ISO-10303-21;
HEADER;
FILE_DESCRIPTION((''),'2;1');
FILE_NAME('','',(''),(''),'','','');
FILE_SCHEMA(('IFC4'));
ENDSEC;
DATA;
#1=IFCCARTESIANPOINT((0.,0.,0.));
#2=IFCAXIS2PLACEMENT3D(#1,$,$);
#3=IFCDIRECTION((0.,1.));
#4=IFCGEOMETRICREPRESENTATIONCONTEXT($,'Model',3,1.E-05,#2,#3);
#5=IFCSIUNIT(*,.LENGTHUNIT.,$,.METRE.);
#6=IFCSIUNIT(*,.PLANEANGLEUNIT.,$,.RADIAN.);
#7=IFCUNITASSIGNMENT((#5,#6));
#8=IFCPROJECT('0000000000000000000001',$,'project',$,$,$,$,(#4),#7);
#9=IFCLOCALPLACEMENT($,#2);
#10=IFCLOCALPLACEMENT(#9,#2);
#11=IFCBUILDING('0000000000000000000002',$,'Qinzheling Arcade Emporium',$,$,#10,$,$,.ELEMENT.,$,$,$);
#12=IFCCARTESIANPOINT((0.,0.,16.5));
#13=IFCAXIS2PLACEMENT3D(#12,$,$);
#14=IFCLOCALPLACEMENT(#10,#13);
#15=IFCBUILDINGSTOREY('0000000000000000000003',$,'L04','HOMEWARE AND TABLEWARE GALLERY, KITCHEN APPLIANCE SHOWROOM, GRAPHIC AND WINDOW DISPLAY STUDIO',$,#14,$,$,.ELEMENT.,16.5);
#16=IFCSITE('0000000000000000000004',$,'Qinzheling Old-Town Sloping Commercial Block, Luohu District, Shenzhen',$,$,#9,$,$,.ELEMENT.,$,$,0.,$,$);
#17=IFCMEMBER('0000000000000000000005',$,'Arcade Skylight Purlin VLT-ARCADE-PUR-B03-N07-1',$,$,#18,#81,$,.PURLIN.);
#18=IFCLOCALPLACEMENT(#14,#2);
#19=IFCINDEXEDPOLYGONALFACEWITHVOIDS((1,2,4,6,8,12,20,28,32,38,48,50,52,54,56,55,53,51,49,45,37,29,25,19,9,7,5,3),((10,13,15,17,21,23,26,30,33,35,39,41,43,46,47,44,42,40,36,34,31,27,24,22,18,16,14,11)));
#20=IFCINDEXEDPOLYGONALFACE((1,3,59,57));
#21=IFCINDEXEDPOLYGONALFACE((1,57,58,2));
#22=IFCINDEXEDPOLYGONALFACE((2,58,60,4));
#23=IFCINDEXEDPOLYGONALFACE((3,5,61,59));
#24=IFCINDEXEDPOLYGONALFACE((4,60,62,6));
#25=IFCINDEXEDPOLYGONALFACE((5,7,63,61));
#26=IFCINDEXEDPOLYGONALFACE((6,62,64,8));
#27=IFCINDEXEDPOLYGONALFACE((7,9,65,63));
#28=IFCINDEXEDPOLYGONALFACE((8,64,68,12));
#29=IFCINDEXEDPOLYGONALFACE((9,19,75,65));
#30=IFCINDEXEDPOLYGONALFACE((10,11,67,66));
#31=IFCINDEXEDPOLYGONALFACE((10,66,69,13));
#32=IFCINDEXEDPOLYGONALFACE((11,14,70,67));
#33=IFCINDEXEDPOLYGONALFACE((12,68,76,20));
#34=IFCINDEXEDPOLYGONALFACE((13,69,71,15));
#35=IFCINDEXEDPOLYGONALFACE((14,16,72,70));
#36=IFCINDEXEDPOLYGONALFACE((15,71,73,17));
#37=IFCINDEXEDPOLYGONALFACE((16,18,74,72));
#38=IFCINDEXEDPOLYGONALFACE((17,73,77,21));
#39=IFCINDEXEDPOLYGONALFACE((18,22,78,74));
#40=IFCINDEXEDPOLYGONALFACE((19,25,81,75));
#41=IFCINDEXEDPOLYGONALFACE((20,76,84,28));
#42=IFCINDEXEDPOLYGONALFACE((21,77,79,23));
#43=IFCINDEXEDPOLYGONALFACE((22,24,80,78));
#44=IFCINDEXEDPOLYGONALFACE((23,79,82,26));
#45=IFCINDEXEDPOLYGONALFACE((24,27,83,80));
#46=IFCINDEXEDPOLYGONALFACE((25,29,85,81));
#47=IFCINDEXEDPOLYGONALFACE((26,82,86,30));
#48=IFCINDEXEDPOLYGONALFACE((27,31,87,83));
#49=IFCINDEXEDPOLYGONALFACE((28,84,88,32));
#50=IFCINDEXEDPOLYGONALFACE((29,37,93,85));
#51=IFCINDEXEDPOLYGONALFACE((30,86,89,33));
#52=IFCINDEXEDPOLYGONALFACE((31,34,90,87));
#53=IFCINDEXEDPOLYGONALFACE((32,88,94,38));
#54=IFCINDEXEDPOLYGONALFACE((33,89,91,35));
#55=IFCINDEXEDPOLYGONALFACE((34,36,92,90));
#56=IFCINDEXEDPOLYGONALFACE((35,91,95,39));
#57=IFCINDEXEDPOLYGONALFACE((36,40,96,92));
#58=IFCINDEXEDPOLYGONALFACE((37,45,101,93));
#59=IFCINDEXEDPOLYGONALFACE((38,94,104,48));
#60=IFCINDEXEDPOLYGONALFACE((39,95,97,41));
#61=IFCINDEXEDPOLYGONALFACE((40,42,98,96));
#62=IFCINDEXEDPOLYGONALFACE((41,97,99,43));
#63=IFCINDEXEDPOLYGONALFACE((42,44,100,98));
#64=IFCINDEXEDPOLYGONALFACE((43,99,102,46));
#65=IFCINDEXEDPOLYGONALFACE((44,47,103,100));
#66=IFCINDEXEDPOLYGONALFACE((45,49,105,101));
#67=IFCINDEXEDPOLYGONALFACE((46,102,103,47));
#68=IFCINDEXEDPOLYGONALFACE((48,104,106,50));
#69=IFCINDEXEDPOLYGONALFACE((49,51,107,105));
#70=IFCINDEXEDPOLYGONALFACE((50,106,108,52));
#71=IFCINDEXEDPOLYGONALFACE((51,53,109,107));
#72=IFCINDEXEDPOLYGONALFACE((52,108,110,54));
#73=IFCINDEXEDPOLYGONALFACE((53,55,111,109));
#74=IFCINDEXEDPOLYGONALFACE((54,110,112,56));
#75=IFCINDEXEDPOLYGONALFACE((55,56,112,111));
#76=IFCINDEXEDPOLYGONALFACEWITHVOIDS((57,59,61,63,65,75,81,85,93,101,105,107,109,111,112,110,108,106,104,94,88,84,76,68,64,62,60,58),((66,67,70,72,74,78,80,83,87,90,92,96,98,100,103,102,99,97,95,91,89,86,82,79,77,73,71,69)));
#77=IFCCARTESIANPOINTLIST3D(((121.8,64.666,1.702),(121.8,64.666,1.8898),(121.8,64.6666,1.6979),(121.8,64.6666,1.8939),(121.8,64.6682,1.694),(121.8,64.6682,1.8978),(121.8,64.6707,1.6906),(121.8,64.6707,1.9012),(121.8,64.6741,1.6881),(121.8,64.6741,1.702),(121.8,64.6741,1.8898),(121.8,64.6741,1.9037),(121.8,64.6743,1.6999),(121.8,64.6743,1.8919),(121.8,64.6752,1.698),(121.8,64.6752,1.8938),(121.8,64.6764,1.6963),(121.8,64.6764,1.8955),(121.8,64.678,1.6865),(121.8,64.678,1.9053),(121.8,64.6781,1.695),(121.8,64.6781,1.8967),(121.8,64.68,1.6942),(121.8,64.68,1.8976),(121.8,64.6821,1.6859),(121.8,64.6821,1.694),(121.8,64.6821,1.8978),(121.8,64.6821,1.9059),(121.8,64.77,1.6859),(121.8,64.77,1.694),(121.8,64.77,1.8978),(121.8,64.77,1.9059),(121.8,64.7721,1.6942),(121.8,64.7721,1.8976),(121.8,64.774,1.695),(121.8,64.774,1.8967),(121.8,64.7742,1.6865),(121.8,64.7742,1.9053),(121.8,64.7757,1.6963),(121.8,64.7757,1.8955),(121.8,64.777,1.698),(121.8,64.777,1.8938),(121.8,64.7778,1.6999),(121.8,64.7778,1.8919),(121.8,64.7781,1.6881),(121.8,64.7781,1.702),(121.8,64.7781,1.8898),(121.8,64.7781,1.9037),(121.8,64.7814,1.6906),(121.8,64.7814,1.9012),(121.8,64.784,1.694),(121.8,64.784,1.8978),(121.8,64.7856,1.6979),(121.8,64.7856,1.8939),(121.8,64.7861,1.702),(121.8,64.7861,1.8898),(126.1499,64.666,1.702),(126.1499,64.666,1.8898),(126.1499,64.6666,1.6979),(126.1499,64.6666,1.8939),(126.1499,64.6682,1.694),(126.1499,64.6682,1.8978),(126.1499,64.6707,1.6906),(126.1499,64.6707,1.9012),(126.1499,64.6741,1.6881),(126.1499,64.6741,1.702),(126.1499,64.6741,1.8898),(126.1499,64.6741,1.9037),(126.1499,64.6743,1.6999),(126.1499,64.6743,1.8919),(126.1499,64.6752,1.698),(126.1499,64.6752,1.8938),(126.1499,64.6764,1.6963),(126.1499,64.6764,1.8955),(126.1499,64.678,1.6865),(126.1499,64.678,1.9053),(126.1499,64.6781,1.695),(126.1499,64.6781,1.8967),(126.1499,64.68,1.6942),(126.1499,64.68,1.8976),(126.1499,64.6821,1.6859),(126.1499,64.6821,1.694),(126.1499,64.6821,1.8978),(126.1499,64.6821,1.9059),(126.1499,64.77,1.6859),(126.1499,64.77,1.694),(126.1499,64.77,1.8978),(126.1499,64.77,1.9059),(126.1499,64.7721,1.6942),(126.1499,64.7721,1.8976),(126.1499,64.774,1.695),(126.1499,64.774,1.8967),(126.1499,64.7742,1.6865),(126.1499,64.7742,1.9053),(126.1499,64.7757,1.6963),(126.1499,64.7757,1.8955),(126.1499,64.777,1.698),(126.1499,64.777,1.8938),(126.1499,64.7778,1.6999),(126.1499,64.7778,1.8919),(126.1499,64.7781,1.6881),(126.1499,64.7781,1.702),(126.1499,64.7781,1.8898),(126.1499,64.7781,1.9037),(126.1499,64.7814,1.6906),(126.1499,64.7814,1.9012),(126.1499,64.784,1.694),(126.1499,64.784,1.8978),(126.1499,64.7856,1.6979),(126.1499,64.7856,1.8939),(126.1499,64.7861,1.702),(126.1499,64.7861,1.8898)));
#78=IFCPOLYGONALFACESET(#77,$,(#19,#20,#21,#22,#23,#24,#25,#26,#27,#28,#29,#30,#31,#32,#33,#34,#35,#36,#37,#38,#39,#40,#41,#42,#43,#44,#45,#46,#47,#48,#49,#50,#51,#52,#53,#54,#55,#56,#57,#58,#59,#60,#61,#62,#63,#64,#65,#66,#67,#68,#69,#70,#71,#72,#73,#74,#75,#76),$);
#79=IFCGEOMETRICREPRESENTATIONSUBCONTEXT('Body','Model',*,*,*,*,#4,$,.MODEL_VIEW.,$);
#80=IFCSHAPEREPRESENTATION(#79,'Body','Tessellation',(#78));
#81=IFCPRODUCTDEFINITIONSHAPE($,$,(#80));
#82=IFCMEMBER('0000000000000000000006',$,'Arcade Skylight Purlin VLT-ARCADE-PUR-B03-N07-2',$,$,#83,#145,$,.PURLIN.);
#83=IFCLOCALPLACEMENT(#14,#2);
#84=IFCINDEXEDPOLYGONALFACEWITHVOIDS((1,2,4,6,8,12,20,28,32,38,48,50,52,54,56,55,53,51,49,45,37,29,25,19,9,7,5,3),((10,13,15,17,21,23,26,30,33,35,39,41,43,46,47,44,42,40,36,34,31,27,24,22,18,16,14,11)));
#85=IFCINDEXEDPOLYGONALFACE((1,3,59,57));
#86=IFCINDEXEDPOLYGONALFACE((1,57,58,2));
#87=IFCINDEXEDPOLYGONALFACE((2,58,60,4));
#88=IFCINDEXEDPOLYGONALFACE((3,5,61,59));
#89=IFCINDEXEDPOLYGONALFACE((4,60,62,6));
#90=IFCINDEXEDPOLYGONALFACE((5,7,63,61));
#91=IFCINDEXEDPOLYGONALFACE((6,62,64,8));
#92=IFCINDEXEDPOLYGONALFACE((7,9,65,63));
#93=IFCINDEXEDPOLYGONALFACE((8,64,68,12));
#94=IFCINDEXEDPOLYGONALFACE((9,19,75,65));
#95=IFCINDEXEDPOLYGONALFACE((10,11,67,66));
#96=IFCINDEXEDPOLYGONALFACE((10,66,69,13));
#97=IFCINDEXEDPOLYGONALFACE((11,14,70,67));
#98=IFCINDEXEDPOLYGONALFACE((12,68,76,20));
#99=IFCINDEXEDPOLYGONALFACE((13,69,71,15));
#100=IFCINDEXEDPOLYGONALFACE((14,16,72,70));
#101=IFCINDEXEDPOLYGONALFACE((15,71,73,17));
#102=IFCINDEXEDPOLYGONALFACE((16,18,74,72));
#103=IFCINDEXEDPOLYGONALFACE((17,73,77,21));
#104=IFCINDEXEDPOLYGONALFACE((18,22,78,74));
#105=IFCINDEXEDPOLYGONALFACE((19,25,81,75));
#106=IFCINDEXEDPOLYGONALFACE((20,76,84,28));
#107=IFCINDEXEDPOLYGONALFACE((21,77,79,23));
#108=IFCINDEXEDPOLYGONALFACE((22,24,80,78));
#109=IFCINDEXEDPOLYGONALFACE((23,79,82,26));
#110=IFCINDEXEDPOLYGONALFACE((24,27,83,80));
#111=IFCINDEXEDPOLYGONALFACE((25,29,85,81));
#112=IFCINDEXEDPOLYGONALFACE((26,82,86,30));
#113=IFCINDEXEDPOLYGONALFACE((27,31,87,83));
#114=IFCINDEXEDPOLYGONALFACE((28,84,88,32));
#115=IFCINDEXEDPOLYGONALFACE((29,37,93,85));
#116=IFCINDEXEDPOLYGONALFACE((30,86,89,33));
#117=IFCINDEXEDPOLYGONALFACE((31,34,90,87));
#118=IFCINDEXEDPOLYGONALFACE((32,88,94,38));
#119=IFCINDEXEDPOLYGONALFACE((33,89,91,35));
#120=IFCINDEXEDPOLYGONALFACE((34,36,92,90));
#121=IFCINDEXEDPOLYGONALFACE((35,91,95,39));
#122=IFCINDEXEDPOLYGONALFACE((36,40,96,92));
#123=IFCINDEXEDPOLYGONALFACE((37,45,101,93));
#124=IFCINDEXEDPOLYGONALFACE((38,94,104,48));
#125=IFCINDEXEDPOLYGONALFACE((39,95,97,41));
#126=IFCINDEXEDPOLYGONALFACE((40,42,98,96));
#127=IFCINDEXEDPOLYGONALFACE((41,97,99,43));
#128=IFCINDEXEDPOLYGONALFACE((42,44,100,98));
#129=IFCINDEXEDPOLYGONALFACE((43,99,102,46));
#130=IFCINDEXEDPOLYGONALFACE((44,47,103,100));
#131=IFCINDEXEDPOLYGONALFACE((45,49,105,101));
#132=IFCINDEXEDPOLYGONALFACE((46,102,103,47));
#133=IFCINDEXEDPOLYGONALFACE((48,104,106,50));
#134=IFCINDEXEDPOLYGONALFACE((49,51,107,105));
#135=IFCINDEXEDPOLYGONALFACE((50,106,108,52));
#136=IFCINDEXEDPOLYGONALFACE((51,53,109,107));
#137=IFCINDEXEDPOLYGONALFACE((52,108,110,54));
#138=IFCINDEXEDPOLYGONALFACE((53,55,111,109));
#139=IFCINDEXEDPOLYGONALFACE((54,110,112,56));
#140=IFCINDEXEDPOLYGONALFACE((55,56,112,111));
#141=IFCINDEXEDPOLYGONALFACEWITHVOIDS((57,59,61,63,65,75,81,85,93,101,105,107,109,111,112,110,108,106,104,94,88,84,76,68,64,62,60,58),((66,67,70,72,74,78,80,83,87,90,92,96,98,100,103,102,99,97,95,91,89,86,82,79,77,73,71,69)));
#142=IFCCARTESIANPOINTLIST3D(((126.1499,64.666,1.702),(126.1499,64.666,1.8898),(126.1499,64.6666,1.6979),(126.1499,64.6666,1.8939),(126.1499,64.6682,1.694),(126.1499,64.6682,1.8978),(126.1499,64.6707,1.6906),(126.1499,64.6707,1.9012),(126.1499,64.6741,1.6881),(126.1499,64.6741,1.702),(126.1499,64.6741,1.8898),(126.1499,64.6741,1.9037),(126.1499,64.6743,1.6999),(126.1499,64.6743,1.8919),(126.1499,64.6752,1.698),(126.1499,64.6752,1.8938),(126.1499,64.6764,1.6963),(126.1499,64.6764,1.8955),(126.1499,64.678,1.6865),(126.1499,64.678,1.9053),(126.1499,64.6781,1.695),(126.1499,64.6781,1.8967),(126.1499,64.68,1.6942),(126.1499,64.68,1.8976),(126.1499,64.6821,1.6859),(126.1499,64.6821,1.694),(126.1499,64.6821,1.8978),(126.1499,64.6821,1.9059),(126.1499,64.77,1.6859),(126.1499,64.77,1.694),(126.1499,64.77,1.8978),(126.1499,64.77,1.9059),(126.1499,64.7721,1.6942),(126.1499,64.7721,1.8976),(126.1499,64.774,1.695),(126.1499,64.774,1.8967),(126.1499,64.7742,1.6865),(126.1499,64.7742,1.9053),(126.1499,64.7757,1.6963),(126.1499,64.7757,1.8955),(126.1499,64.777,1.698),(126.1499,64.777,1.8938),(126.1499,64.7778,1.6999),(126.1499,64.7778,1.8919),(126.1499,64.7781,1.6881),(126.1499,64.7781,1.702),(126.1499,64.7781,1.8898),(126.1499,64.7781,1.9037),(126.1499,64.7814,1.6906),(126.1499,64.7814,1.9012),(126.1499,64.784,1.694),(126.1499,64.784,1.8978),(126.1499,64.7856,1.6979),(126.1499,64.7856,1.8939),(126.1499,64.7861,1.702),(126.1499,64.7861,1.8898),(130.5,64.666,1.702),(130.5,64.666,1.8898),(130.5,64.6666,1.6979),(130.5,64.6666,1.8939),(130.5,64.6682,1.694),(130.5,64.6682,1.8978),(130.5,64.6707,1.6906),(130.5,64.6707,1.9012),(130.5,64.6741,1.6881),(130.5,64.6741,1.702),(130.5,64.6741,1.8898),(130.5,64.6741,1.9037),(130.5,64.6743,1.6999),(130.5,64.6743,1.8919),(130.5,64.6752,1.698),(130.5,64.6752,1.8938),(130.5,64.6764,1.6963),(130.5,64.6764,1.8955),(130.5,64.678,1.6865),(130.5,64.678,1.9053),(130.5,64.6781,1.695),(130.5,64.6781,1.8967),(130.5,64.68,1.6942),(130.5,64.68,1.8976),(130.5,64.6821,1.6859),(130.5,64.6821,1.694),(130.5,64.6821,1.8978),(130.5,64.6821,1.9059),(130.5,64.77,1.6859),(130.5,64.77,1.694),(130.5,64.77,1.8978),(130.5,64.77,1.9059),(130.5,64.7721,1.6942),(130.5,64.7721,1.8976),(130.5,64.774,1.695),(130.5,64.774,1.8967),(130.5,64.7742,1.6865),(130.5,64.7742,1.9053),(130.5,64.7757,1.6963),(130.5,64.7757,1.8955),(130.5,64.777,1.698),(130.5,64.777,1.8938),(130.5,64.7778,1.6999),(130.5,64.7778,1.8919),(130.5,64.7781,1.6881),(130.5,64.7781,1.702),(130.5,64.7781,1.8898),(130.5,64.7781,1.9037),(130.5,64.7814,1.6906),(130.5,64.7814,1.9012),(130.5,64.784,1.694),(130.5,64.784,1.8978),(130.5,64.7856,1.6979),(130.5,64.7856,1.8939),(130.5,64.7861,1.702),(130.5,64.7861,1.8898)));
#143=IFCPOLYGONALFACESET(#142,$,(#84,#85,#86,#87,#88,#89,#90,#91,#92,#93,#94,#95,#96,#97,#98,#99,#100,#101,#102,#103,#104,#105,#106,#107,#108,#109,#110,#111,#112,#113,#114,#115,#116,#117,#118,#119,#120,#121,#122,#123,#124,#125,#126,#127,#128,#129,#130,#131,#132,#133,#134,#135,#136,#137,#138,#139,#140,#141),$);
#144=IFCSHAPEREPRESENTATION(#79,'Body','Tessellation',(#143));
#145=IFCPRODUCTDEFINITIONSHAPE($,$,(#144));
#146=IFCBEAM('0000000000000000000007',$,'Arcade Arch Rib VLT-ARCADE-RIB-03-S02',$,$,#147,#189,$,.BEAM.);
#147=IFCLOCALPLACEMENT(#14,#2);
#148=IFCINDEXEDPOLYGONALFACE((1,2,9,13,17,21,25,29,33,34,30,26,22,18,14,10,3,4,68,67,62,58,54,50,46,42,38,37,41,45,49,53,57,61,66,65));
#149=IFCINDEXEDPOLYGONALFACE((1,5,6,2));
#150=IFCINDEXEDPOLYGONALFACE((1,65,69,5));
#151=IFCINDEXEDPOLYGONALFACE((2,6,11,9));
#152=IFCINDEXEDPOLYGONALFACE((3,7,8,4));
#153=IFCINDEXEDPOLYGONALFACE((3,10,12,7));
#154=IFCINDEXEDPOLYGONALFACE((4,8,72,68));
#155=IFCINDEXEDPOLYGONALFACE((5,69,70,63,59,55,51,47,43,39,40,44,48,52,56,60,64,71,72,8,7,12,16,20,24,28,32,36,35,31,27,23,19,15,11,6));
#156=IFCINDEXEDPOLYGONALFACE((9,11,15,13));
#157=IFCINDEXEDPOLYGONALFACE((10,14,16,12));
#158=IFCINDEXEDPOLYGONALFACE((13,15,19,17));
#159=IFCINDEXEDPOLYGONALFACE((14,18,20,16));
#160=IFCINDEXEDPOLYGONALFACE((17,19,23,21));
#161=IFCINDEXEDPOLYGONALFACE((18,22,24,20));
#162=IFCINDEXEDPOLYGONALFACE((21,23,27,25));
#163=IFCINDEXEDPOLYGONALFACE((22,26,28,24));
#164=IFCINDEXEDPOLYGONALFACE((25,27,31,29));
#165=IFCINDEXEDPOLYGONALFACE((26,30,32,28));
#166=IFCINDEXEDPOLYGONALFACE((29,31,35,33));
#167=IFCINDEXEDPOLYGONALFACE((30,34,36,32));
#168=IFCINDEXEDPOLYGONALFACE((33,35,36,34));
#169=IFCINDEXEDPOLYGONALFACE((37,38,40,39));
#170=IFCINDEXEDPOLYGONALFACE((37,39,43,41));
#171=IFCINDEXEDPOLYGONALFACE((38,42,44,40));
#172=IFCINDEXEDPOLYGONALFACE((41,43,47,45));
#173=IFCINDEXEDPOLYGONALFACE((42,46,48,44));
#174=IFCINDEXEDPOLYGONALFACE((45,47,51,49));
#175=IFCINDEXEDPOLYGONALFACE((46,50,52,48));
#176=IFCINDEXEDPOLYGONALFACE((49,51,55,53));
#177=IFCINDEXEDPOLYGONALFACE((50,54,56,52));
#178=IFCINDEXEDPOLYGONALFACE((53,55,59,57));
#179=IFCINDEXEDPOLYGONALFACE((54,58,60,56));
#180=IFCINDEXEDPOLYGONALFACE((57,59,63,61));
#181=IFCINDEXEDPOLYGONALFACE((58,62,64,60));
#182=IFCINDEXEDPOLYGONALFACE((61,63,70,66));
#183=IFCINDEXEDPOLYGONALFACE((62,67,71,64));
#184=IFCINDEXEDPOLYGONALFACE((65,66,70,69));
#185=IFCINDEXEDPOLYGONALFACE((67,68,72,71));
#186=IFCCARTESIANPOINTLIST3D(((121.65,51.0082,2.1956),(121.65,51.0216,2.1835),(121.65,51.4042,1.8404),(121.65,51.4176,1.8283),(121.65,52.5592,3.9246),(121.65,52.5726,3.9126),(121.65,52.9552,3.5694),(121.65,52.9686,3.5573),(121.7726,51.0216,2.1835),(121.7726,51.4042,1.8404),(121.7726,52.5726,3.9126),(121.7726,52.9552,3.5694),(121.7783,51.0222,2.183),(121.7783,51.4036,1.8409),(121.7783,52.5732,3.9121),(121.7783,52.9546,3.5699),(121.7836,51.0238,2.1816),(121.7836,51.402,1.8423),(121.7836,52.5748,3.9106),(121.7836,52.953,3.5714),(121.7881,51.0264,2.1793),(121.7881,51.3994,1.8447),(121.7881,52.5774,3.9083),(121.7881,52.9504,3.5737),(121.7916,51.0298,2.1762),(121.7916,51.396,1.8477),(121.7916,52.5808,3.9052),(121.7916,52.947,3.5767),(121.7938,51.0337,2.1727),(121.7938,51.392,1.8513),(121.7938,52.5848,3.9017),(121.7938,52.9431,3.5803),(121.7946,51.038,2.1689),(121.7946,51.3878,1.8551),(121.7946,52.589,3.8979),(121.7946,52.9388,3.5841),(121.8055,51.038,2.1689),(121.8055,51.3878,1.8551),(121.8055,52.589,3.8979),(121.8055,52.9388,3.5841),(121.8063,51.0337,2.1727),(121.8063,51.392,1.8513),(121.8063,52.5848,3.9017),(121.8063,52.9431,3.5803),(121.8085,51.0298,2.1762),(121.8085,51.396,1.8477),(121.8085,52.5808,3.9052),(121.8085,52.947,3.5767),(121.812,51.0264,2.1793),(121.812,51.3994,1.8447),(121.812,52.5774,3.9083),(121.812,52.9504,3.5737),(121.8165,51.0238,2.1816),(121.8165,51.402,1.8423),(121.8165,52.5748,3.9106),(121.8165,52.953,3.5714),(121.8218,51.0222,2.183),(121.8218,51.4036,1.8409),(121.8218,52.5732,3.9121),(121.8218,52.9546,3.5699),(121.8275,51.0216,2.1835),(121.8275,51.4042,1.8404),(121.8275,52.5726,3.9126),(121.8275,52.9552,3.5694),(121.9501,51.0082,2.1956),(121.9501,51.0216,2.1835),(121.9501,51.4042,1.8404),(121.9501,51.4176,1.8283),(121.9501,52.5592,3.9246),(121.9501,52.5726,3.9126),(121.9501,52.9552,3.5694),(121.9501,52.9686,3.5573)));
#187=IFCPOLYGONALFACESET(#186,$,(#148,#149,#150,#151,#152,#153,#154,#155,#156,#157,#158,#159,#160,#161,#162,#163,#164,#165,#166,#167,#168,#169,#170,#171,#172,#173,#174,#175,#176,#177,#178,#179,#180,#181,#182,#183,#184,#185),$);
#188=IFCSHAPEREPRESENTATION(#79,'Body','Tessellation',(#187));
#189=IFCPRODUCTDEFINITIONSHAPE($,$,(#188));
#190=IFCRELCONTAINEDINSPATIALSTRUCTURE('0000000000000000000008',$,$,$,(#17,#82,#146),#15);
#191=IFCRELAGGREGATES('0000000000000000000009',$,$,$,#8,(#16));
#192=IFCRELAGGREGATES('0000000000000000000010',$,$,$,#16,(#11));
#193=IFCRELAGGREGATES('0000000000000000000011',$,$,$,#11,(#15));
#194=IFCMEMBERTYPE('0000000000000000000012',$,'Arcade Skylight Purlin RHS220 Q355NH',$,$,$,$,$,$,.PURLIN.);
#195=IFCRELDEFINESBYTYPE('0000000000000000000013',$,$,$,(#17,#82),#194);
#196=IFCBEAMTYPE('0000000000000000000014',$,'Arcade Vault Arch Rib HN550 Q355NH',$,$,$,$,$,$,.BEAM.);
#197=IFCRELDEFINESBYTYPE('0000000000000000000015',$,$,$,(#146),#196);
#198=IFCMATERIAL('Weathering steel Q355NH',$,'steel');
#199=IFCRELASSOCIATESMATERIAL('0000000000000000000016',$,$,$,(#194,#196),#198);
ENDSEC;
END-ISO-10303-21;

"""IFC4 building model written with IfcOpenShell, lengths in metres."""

from ifc_helpers import new_model, si_unit, direction, frame, origin, origin_2d, place, context, subcontext, project, spatial, hollow_rectangle, i_section, extrude, material, material_profile, profile_set, type_object, element, save


model = new_model("IFC4")

# Units and contexts
model_context = context("Model", 3, precision=1e-05, world=origin(), true_north=direction((0.0, 1.0)))
body_context = subcontext(model_context, "Body", "Model", "MODEL_VIEW")
ifc_project = project(units=[si_unit("LENGTHUNIT", "METRE"), si_unit("PLANEANGLEUNIT", "RADIAN")], contexts=[model_context])

# Site, building, storey
site_placement = place(None, origin())
site = spatial("IfcSite", under=ifc_project, at=site_placement, Name="Qinzheling Old-Town Sloping Commercial Block, Luohu District, Shenzhen", CompositionType="ELEMENT", RefElevation=0.0)
building_placement = place(site_placement, origin())
building = spatial("IfcBuilding", under=site, at=building_placement, Name="Qinzheling Arcade Emporium", CompositionType="ELEMENT")
storey_placement = place(building_placement, frame((0.0, 0.0, 16.5)))
storey = spatial("IfcBuildingStorey", under=building, at=storey_placement, Name="L04", Description="HOMEWARE AND TABLEWARE GALLERY, KITCHEN APPLIANCE SHOWROOM, GRAPHIC AND WINDOW DISPLAY STUDIO", CompositionType="ELEMENT", Elevation=16.5)

# Shared definitions
ifc_material_1 = material(Name="Weathering steel Q355NH", Category="steel")

# Members
ifc_material_profile_1 = material_profile(ifc_material_1, hollow_rectangle(XDim=0.1201, YDim=0.22, WallThickness=0.0081, InnerFilletRadius=0.0081, OuterFilletRadius=0.0161, at=origin_2d()), Name="RHS 220x120x8", Category="steel")
ifc_profile_set_1 = profile_set([ifc_material_profile_1], Name="Weathering steel Q355NH")
member_type = type_object("IfcMemberType", Name="Arcade Skylight Purlin RHS220 Q355NH", PredefinedType="PURLIN", material=ifc_profile_set_1)
member_1_placement = place(storey_placement, frame((121.8, 64.7261, 1.7959), z_axis=(1.0, 0.0, 0.0), x_axis=(0.0, 1.0, 0.0)))
element("IfcMember", 1, at=member_1_placement, inside=storey, type_object=member_type, Name="Arcade Skylight Purlin VLT-ARCADE-PUR-B03-N07-1", PredefinedType="PURLIN", context=body_context, shape_type="SweptSolid", body=[
    extrude(hollow_rectangle(XDim=0.1201, YDim=0.22, WallThickness=0.0081, InnerFilletRadius=0.0081, OuterFilletRadius=0.0161, at=origin_2d()), origin(), (0.0, 0.0, 1.0), 4.3499),
])
member_2_placement = place(storey_placement, frame((126.1499, 64.7261, 1.7959), z_axis=(1.0, 0.0, 0.0), x_axis=(0.0, 1.0, 0.0)))
element("IfcMember", 2, at=member_2_placement, inside=storey, type_object=member_type, Name="Arcade Skylight Purlin VLT-ARCADE-PUR-B03-N07-2", PredefinedType="PURLIN", context=body_context, shape_type="SweptSolid", body=[
    extrude(hollow_rectangle(XDim=0.1201, YDim=0.22, WallThickness=0.0081, InnerFilletRadius=0.0081, OuterFilletRadius=0.0161, at=origin_2d()), origin(), (0.0, 0.0, 1.0), 4.3501),
])

# Beam
ifc_material_profile_2 = material_profile(ifc_material_1, i_section(OverallWidth=0.3, OverallDepth=0.55, WebThickness=0.011, FlangeThickness=0.0181, FilletRadius=0.022, at=origin_2d()), Name="HN 550x300x11x18", Category="steel")
ifc_profile_set_2 = profile_set([ifc_material_profile_2], Name="Weathering steel Q355NH")
beam_type_1 = type_object("IfcBeamType", Name="Arcade Vault Arch Rib HN550 Q355NH", PredefinedType="BEAM", material=ifc_profile_set_2)
beam_1_placement = place(storey_placement, frame((121.8, 51.2129, 2.012), z_axis=(0.0, 0.667756, 0.74438), x_axis=(-1.0, 0.0, 0.0)))
element("IfcBeam", 3, at=beam_1_placement, inside=storey, type_object=beam_type_1, Name="Arcade Arch Rib VLT-ARCADE-RIB-03-S02", PredefinedType="BEAM", context=body_context, shape_type="SweptSolid", body=[
    extrude(i_section(OverallWidth=0.3, OverallDepth=0.55, WebThickness=0.011, FlangeThickness=0.0181, FilletRadius=0.022, at=origin_2d()), origin(), (0.0, 0.0, 1.0), 2.3228),
])

save(model, "model.ifc")
